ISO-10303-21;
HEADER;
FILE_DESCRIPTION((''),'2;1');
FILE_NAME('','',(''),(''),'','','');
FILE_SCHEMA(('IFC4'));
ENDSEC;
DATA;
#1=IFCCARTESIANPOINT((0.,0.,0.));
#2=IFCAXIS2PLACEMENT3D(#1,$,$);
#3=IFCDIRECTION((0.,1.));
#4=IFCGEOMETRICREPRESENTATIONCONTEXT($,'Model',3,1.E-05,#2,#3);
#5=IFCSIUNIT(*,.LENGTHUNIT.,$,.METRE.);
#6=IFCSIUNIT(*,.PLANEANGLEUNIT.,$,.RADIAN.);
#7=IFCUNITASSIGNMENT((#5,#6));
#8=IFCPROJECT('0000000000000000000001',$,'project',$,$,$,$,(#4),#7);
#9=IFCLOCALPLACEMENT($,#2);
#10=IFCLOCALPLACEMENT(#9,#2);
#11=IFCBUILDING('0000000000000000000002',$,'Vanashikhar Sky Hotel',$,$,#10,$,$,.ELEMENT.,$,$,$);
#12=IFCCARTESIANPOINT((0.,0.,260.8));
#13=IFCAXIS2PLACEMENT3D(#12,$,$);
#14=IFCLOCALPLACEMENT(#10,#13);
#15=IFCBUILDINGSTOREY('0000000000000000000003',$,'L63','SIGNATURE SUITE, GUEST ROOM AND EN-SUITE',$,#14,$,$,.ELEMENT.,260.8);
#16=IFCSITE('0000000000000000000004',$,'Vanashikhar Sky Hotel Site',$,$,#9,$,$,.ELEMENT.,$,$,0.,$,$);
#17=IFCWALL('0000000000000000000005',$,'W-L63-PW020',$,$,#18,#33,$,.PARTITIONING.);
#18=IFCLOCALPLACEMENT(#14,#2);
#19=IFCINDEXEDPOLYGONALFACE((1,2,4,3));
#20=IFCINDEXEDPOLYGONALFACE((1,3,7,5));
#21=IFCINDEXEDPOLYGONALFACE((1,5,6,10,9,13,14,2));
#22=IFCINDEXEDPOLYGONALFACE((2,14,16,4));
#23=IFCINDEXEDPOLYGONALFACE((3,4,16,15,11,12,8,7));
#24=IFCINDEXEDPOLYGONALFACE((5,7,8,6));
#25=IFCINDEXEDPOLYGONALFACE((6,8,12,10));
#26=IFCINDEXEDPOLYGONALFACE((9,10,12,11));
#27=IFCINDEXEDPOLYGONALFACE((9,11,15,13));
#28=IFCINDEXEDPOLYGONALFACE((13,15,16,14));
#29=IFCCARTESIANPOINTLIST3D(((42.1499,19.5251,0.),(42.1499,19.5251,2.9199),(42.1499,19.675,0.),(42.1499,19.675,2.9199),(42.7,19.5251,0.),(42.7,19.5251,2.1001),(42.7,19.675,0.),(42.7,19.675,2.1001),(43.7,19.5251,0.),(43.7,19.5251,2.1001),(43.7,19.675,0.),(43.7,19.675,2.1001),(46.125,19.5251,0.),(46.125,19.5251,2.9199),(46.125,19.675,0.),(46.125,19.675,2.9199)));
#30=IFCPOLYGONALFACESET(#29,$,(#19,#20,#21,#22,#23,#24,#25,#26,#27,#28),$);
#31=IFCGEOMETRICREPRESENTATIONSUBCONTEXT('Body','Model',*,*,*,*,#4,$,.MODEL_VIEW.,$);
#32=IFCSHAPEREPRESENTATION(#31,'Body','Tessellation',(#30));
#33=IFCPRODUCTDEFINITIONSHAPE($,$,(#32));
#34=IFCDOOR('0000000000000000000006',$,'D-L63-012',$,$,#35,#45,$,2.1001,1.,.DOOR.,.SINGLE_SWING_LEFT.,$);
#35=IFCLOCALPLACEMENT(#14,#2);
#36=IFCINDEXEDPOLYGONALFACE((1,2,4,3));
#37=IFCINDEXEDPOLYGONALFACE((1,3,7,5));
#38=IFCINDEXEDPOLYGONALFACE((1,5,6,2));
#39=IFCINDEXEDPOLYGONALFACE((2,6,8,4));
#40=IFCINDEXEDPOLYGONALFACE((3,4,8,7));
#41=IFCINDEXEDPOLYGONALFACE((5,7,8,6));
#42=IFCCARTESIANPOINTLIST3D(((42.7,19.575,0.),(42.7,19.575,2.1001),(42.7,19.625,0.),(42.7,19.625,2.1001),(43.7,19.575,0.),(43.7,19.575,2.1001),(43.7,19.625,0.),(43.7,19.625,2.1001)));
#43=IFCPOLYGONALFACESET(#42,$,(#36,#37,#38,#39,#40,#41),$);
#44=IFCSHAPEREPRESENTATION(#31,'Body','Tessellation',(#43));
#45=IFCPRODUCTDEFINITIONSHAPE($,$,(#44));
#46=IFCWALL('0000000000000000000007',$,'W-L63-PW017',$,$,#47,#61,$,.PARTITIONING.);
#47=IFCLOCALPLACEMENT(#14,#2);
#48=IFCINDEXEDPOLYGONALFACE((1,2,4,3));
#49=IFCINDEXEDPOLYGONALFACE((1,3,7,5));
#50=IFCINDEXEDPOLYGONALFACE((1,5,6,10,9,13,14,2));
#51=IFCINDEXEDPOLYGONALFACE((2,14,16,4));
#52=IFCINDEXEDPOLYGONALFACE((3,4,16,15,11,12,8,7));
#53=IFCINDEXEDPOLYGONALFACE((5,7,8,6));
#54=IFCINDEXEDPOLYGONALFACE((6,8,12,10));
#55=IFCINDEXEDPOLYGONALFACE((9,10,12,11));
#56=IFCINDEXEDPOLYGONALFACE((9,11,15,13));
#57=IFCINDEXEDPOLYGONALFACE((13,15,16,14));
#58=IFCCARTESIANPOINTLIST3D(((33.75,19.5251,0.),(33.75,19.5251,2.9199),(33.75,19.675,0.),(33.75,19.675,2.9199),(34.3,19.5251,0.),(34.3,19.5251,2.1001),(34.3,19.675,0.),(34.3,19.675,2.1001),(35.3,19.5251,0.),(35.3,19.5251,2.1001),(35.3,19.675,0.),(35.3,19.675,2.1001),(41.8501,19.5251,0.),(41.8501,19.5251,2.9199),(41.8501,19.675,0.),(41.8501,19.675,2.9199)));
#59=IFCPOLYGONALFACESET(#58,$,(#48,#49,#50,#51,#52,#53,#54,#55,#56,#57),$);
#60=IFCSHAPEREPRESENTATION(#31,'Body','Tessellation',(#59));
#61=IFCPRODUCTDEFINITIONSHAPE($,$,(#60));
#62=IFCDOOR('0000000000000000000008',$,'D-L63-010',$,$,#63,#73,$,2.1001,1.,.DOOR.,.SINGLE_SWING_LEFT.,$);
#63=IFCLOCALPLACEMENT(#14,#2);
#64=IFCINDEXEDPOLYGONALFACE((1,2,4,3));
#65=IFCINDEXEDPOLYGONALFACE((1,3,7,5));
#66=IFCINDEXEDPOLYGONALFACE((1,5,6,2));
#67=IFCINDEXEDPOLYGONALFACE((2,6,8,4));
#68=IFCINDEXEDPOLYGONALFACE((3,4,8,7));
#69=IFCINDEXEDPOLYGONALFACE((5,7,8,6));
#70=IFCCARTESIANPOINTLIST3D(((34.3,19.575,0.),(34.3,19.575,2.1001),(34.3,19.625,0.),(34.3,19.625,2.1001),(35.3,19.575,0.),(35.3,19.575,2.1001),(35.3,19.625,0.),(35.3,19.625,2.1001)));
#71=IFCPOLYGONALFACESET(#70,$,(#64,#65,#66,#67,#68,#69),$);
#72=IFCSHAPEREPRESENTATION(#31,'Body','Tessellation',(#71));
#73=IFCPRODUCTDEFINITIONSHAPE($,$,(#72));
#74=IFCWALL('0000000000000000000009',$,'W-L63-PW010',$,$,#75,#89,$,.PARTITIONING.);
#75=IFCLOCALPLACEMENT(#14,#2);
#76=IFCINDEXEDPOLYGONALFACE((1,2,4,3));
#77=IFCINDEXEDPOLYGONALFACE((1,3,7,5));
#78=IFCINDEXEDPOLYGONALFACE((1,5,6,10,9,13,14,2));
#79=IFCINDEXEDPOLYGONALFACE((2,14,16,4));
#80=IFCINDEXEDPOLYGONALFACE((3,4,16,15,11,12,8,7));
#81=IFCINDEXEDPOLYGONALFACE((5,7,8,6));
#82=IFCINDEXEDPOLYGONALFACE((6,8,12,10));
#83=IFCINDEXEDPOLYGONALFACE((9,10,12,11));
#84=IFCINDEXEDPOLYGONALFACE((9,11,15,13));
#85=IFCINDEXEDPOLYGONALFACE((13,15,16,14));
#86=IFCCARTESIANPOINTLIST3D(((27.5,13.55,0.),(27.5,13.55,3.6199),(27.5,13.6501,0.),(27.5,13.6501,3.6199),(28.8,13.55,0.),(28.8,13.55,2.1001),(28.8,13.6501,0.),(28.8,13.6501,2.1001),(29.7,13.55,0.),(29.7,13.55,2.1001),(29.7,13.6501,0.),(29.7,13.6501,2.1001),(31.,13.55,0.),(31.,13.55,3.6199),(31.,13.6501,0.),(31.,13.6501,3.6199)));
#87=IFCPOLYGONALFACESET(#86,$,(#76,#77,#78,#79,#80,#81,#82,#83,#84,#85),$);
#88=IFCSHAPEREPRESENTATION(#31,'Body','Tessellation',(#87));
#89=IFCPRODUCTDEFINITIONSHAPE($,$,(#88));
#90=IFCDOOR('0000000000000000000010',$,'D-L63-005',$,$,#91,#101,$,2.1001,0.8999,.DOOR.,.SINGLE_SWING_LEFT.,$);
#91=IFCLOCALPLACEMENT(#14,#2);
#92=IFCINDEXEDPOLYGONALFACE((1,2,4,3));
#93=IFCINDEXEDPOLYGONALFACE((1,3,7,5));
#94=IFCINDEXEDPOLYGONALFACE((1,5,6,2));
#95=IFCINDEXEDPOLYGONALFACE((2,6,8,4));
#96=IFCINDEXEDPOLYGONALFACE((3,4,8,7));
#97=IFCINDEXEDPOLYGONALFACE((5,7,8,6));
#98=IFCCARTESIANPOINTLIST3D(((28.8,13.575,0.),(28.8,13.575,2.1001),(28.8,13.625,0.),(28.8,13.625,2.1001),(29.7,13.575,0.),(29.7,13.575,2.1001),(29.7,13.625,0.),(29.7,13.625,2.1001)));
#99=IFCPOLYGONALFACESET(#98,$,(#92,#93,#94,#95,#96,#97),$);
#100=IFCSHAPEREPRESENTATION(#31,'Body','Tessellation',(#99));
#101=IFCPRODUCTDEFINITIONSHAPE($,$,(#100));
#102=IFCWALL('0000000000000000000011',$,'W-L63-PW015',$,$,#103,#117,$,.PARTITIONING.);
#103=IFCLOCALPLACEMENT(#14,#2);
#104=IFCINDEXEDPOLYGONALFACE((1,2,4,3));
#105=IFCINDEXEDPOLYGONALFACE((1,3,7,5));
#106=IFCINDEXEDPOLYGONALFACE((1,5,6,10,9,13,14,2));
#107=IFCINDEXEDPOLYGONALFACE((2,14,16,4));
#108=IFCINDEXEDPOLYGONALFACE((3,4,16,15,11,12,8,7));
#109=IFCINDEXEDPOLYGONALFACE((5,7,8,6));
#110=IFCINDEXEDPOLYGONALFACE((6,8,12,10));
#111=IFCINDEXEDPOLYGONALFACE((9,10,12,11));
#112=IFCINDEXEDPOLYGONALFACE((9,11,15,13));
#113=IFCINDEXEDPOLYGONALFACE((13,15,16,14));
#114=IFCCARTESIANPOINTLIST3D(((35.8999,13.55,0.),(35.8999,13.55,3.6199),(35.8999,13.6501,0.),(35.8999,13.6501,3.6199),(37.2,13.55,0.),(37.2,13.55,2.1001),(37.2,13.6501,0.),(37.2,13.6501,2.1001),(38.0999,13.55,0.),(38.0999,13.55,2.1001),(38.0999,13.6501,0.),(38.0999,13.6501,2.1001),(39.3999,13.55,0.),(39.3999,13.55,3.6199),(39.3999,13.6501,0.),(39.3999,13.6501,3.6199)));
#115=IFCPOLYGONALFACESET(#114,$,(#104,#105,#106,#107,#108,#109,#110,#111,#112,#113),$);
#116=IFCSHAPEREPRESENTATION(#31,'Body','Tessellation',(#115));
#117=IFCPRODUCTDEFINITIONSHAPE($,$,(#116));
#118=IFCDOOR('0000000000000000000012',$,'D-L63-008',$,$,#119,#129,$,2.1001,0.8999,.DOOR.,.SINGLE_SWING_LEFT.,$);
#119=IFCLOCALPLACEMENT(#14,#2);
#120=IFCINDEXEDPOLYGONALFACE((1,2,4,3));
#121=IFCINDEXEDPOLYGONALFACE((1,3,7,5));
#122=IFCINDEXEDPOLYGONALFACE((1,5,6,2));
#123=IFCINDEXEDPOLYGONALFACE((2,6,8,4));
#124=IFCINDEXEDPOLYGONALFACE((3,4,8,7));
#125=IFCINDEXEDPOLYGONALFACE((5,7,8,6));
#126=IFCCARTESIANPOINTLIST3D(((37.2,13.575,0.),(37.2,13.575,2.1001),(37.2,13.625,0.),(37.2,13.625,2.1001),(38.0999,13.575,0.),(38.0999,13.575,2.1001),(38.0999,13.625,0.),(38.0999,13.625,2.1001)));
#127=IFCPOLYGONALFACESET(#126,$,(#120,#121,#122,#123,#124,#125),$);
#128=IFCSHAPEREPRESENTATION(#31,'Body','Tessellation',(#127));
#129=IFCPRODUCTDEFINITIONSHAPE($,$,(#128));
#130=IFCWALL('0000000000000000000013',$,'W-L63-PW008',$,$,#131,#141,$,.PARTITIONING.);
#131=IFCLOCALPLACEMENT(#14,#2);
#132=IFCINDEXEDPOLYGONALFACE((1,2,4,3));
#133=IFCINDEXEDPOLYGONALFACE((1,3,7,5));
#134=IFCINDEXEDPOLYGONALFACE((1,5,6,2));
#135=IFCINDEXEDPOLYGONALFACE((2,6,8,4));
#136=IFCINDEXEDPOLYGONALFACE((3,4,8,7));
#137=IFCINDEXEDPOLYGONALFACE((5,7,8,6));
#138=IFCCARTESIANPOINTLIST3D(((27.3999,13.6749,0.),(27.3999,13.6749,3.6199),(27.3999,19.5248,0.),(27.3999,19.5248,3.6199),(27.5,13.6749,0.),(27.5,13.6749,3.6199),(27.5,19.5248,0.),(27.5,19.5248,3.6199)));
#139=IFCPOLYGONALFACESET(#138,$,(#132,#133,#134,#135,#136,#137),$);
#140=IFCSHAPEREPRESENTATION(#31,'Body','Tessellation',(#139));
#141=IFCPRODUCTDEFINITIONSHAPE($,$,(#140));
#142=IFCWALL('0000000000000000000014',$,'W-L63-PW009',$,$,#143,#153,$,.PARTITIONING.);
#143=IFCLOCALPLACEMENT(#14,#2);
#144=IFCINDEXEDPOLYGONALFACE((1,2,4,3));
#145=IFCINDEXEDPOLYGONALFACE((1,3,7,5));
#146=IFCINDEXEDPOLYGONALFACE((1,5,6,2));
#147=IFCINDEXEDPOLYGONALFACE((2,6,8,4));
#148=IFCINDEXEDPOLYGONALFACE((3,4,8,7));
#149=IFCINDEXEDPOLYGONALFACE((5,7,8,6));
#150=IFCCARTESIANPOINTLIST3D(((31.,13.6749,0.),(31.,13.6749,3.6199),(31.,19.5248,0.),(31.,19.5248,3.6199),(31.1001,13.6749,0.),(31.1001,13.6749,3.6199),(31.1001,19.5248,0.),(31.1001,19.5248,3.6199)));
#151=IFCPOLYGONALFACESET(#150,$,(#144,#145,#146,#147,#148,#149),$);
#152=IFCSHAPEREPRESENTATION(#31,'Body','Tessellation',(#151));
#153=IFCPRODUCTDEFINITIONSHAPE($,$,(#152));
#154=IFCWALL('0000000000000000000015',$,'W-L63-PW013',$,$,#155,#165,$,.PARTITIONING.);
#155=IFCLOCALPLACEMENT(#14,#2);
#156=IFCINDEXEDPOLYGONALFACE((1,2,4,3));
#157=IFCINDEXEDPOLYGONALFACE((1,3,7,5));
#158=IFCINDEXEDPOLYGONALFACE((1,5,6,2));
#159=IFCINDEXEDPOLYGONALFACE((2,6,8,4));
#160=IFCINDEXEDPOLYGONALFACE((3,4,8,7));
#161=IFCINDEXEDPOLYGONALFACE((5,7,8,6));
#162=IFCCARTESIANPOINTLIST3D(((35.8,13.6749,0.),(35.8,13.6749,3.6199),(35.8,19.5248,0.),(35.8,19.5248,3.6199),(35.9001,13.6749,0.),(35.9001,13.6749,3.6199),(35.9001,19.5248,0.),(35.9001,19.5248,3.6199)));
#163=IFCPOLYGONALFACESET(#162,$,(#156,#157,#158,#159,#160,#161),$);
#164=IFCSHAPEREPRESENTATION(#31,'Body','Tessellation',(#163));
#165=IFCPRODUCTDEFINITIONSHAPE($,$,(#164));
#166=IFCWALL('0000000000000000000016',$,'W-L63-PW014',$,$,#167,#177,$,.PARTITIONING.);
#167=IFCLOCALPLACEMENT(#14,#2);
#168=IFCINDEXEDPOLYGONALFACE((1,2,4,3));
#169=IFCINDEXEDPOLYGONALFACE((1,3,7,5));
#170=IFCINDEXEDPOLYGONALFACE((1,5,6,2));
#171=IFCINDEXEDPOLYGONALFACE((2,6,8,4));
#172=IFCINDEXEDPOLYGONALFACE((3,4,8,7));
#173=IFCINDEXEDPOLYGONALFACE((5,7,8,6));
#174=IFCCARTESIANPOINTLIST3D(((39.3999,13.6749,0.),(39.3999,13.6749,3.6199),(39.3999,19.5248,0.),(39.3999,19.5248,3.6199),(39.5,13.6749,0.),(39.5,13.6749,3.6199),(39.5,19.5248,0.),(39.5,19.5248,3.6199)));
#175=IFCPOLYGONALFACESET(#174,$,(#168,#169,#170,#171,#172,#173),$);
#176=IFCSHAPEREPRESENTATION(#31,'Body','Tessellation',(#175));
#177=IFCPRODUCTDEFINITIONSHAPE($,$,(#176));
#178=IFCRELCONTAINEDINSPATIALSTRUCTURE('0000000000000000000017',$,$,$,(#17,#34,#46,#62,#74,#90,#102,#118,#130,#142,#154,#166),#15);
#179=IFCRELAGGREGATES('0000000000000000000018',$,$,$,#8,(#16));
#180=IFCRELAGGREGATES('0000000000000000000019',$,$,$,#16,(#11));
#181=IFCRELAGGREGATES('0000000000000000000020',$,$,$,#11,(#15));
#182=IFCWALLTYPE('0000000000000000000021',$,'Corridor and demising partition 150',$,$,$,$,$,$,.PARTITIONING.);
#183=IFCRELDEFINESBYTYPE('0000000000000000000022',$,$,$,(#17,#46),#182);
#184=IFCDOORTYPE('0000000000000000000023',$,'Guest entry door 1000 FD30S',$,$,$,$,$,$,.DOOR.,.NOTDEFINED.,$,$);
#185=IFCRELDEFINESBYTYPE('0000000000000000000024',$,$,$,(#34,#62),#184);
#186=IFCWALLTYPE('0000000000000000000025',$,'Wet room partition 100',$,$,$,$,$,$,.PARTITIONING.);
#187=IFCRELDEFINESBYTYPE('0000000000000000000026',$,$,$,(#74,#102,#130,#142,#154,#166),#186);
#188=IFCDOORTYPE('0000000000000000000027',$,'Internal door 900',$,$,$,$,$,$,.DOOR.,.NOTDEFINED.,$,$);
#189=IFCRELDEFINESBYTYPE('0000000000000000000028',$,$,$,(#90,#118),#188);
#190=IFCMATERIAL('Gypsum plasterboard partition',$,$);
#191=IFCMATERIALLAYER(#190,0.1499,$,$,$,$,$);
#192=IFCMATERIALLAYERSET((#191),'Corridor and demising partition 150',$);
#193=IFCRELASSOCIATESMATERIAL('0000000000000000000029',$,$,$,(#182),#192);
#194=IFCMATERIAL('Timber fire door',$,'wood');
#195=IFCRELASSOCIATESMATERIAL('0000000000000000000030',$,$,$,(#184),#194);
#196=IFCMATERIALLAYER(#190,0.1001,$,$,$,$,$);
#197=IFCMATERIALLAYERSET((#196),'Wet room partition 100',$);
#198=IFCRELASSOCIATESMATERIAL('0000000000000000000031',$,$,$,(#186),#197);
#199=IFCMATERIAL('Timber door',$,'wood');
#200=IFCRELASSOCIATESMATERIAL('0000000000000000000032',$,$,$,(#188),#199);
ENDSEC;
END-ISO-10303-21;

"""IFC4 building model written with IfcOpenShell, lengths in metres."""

from ifc_helpers import new_model, si_unit, direction, frame, frame_2d, origin, place, context, subcontext, project, spatial, rectangle, extrude, source, transform, mapped, material, layer, layer_set, type_object, element, fill, save


model = new_model("IFC4")

# Units and contexts
model_context = context("Model", 3, precision=1e-05, world=origin(), true_north=direction((0.0, 1.0)))
body_context = subcontext(model_context, "Body", "Model", "MODEL_VIEW")
ifc_project = project(units=[si_unit("LENGTHUNIT", "METRE"), si_unit("PLANEANGLEUNIT", "RADIAN")], contexts=[model_context])

# Site, building, storey
site_placement = place(None, origin())
site = spatial("IfcSite", under=ifc_project, at=site_placement, Name="Vanashikhar Sky Hotel Site", CompositionType="ELEMENT", RefElevation=0.0)
building_placement = place(site_placement, origin())
building = spatial("IfcBuilding", under=site, at=building_placement, Name="Vanashikhar Sky Hotel", CompositionType="ELEMENT")
storey_placement = place(building_placement, frame((0.0, 0.0, 260.8)))
storey = spatial("IfcBuildingStorey", under=building, at=storey_placement, Name="L63", Description="SIGNATURE SUITE, GUEST ROOM AND EN-SUITE", CompositionType="ELEMENT", Elevation=260.8)

# Walls, openings, doors
ifc_material_1 = material(Name="Gypsum plasterboard partition")
ifc_layer_1 = layer(ifc_material_1, 0.1499)
ifc_layer_set_1 = layer_set([ifc_layer_1], Name="Corridor and demising partition 150")
wall_type_1 = type_object("IfcWallType", Name="Corridor and demising partition 150", PredefinedType="PARTITIONING", material=ifc_layer_set_1)
shared_shape_1 = source(origin(), body_context, "Body", "SweptSolid", [
    extrude(rectangle(XDim=3.9751, YDim=0.1499, at=frame_2d((1.9875, 0.0))), origin(), (0.0, 0.0, 1.0), 2.9199),
])
wall_1_placement = place(storey_placement, frame((42.1499, 19.6001, 0.0), z_axis=(0.0, 0.0, 1.0), x_axis=(1.0, 0.0, 0.0)))
wall_1 = element("IfcWall", 1, at=wall_1_placement, inside=storey, type_object=wall_type_1, Name="W-L63-PW020", PredefinedType="PARTITIONING", context=body_context, shape_type="MappedRepresentation", body=[
    mapped(shared_shape_1, transform((0.0, 0.0, 0.0), scale=1.0)),
])
shared_shape_2 = source(origin(), body_context, "Body", "SweptSolid", [
    extrude(rectangle(XDim=1.0, YDim=2.1001, at=frame_2d((0.5, 1.05))), frame((0.0, 0.085, 0.0), z_axis=(0.0, -1.0, 0.0), x_axis=(1.0, 0.0, 0.0)), (0.0, 0.0, 1.0), 0.1699),
])
opening_1_placement = place(wall_1_placement, frame((0.55, 0.0, 0.0)))
opening_1 = element("IfcOpeningElement", 2, at=opening_1_placement, cuts=wall_1, PredefinedType="OPENING", context=body_context, shape_type="MappedRepresentation", body=[
    mapped(shared_shape_2, transform((0.0, 0.0, 0.0), scale=1.0)),
])
ifc_material_2 = material(Name="Timber fire door", Category="wood")
door_type_1 = type_object("IfcDoorType", Name="Guest entry door 1000 FD30S", OperationType="NOTDEFINED", PredefinedType="DOOR", material=ifc_material_2)
shared_shape_3 = source(origin(), body_context, "Body", "SweptSolid", [
    extrude(rectangle(XDim=1.0, YDim=2.1001, at=frame_2d((0.5, 1.05))), frame((0.0, 0.0249, 0.0), z_axis=(0.0, -1.0, 0.0), x_axis=(1.0, 0.0, 0.0)), (0.0, 0.0, 1.0), 0.05),
])
door_1_placement = place(opening_1_placement, origin())
door_1 = element("IfcDoor", 3, at=door_1_placement, inside=storey, type_object=door_type_1, Name="D-L63-012", OperationType="SINGLE_SWING_LEFT", OverallHeight=2.1001, OverallWidth=1.0, PredefinedType="DOOR", context=body_context, shape_type="MappedRepresentation", body=[
    mapped(shared_shape_3, transform((0.0, 0.0, 0.0), scale=1.0)),
])
fill(opening_1, door_1)
shared_shape_4 = source(origin(), body_context, "Body", "SweptSolid", [
    extrude(rectangle(XDim=8.1001, YDim=0.1499, at=frame_2d((4.05, 0.0))), origin(), (0.0, 0.0, 1.0), 2.9199),
])
wall_2_placement = place(storey_placement, frame((33.75, 19.6001, 0.0), z_axis=(0.0, 0.0, 1.0), x_axis=(1.0, 0.0, 0.0)))
wall_2 = element("IfcWall", 4, at=wall_2_placement, inside=storey, type_object=wall_type_1, Name="W-L63-PW017", PredefinedType="PARTITIONING", context=body_context, shape_type="MappedRepresentation", body=[
    mapped(shared_shape_4, transform((0.0, 0.0, 0.0), scale=1.0)),
])
opening_2_placement = place(wall_2_placement, frame((0.55, 0.0, 0.0)))
opening_2 = element("IfcOpeningElement", 5, at=opening_2_placement, cuts=wall_2, PredefinedType="OPENING", context=body_context, shape_type="MappedRepresentation", body=[
    mapped(shared_shape_2, transform((0.0, 0.0, 0.0), scale=1.0)),
])
door_2_placement = place(opening_2_placement, origin())
door_2 = element("IfcDoor", 6, at=door_2_placement, inside=storey, type_object=door_type_1, Name="D-L63-010", OperationType="SINGLE_SWING_LEFT", OverallHeight=2.1001, OverallWidth=1.0, PredefinedType="DOOR", context=body_context, shape_type="MappedRepresentation", body=[
    mapped(shared_shape_3, transform((0.0, 0.0, 0.0), scale=1.0)),
])
fill(opening_2, door_2)
ifc_layer_2 = layer(ifc_material_1, 0.1001)
ifc_layer_set_2 = layer_set([ifc_layer_2], Name="Wet room partition 100")
wall_type_2 = type_object("IfcWallType", Name="Wet room partition 100", PredefinedType="PARTITIONING", material=ifc_layer_set_2)
shared_shape_5 = source(origin(), body_context, "Body", "SweptSolid", [
    extrude(rectangle(XDim=3.5, YDim=0.1001, at=frame_2d((1.75, 0.0))), origin(), (0.0, 0.0, 1.0), 3.6199),
])
wall_3_placement = place(storey_placement, frame((27.5, 13.6001, 0.0), z_axis=(0.0, 0.0, 1.0), x_axis=(1.0, 0.0, 0.0)))
wall_3 = element("IfcWall", 7, at=wall_3_placement, inside=storey, type_object=wall_type_2, Name="W-L63-PW010", PredefinedType="PARTITIONING", context=body_context, shape_type="MappedRepresentation", body=[
    mapped(shared_shape_5, transform((0.0, 0.0, 0.0), scale=1.0)),
])
shared_shape_6 = source(origin(), body_context, "Body", "SweptSolid", [
    extrude(rectangle(XDim=0.8999, YDim=2.1001, at=frame_2d((0.45, 1.05))), frame((0.0, 0.0601, 0.0), z_axis=(0.0, -1.0, 0.0), x_axis=(1.0, 0.0, 0.0)), (0.0, 0.0, 1.0), 0.1201),
])
opening_3_placement = place(wall_3_placement, frame((1.3, 0.0, 0.0)))
opening_3 = element("IfcOpeningElement", 8, at=opening_3_placement, cuts=wall_3, PredefinedType="OPENING", context=body_context, shape_type="MappedRepresentation", body=[
    mapped(shared_shape_6, transform((0.0, 0.0, 0.0), scale=1.0)),
])
ifc_material_3 = material(Name="Timber door", Category="wood")
door_type_2 = type_object("IfcDoorType", Name="Internal door 900", OperationType="NOTDEFINED", PredefinedType="DOOR", material=ifc_material_3)
shared_shape_7 = source(origin(), body_context, "Body", "SweptSolid", [
    extrude(rectangle(XDim=0.8999, YDim=2.1001, at=frame_2d((0.45, 1.05))), frame((0.0, 0.0249, 0.0), z_axis=(0.0, -1.0, 0.0), x_axis=(1.0, 0.0, 0.0)), (0.0, 0.0, 1.0), 0.05),
])
door_3_placement = place(opening_3_placement, origin())
door_3 = element("IfcDoor", 9, at=door_3_placement, inside=storey, type_object=door_type_2, Name="D-L63-005", OperationType="SINGLE_SWING_LEFT", OverallHeight=2.1001, OverallWidth=0.8999, PredefinedType="DOOR", context=body_context, shape_type="MappedRepresentation", body=[
    mapped(shared_shape_7, transform((0.0, 0.0, 0.0), scale=1.0)),
])
fill(opening_3, door_3)
wall_4_placement = place(storey_placement, frame((35.8999, 13.6001, 0.0), z_axis=(0.0, 0.0, 1.0), x_axis=(1.0, 0.0, 0.0)))
wall_4 = element("IfcWall", 10, at=wall_4_placement, inside=storey, type_object=wall_type_2, Name="W-L63-PW015", PredefinedType="PARTITIONING", context=body_context, shape_type="MappedRepresentation", body=[
    mapped(shared_shape_5, transform((0.0, 0.0, 0.0), scale=1.0)),
])
opening_4_placement = place(wall_4_placement, frame((1.3, 0.0, 0.0)))
opening_4 = element("IfcOpeningElement", 11, at=opening_4_placement, cuts=wall_4, PredefinedType="OPENING", context=body_context, shape_type="MappedRepresentation", body=[
    mapped(shared_shape_6, transform((0.0, 0.0, 0.0), scale=1.0)),
])
door_4_placement = place(opening_4_placement, origin())
door_4 = element("IfcDoor", 12, at=door_4_placement, inside=storey, type_object=door_type_2, Name="D-L63-008", OperationType="SINGLE_SWING_LEFT", OverallHeight=2.1001, OverallWidth=0.8999, PredefinedType="DOOR", context=body_context, shape_type="MappedRepresentation", body=[
    mapped(shared_shape_7, transform((0.0, 0.0, 0.0), scale=1.0)),
])
fill(opening_4, door_4)

# Walls
shared_shape_8 = source(origin(), body_context, "Body", "SweptSolid", [
    extrude(rectangle(XDim=5.8499, YDim=0.1001, at=frame_2d((2.9248, 0.0))), origin(), (0.0, 0.0, 1.0), 3.6199),
])
for number, where, z_axis, x_axis, name in (
    (13, (27.45, 13.675, 0.0), (0.0, 0.0, 1.0), (0.0, 1.0, 0.0), "W-L63-PW008"),
    (14, (31.05, 13.675, 0.0), (0.0, 0.0, 1.0), (0.0, 1.0, 0.0), "W-L63-PW009"),
    (15, (35.8501, 13.675, 0.0), (0.0, 0.0, 1.0), (0.0, 1.0, 0.0), "W-L63-PW013"),
    (16, (39.45, 13.675, 0.0), (0.0, 0.0, 1.0), (0.0, 1.0, 0.0), "W-L63-PW014"),
):
    element("IfcWall", number, at=place(storey_placement, frame(where, z_axis=z_axis, x_axis=x_axis)), inside=storey, type_object=wall_type_2, Name=name, PredefinedType="PARTITIONING", context=body_context, shape_type="MappedRepresentation", body=[
        mapped(shared_shape_8, transform((0.0, 0.0, 0.0), scale=1.0)),
    ])

save(model, "model.ifc")
